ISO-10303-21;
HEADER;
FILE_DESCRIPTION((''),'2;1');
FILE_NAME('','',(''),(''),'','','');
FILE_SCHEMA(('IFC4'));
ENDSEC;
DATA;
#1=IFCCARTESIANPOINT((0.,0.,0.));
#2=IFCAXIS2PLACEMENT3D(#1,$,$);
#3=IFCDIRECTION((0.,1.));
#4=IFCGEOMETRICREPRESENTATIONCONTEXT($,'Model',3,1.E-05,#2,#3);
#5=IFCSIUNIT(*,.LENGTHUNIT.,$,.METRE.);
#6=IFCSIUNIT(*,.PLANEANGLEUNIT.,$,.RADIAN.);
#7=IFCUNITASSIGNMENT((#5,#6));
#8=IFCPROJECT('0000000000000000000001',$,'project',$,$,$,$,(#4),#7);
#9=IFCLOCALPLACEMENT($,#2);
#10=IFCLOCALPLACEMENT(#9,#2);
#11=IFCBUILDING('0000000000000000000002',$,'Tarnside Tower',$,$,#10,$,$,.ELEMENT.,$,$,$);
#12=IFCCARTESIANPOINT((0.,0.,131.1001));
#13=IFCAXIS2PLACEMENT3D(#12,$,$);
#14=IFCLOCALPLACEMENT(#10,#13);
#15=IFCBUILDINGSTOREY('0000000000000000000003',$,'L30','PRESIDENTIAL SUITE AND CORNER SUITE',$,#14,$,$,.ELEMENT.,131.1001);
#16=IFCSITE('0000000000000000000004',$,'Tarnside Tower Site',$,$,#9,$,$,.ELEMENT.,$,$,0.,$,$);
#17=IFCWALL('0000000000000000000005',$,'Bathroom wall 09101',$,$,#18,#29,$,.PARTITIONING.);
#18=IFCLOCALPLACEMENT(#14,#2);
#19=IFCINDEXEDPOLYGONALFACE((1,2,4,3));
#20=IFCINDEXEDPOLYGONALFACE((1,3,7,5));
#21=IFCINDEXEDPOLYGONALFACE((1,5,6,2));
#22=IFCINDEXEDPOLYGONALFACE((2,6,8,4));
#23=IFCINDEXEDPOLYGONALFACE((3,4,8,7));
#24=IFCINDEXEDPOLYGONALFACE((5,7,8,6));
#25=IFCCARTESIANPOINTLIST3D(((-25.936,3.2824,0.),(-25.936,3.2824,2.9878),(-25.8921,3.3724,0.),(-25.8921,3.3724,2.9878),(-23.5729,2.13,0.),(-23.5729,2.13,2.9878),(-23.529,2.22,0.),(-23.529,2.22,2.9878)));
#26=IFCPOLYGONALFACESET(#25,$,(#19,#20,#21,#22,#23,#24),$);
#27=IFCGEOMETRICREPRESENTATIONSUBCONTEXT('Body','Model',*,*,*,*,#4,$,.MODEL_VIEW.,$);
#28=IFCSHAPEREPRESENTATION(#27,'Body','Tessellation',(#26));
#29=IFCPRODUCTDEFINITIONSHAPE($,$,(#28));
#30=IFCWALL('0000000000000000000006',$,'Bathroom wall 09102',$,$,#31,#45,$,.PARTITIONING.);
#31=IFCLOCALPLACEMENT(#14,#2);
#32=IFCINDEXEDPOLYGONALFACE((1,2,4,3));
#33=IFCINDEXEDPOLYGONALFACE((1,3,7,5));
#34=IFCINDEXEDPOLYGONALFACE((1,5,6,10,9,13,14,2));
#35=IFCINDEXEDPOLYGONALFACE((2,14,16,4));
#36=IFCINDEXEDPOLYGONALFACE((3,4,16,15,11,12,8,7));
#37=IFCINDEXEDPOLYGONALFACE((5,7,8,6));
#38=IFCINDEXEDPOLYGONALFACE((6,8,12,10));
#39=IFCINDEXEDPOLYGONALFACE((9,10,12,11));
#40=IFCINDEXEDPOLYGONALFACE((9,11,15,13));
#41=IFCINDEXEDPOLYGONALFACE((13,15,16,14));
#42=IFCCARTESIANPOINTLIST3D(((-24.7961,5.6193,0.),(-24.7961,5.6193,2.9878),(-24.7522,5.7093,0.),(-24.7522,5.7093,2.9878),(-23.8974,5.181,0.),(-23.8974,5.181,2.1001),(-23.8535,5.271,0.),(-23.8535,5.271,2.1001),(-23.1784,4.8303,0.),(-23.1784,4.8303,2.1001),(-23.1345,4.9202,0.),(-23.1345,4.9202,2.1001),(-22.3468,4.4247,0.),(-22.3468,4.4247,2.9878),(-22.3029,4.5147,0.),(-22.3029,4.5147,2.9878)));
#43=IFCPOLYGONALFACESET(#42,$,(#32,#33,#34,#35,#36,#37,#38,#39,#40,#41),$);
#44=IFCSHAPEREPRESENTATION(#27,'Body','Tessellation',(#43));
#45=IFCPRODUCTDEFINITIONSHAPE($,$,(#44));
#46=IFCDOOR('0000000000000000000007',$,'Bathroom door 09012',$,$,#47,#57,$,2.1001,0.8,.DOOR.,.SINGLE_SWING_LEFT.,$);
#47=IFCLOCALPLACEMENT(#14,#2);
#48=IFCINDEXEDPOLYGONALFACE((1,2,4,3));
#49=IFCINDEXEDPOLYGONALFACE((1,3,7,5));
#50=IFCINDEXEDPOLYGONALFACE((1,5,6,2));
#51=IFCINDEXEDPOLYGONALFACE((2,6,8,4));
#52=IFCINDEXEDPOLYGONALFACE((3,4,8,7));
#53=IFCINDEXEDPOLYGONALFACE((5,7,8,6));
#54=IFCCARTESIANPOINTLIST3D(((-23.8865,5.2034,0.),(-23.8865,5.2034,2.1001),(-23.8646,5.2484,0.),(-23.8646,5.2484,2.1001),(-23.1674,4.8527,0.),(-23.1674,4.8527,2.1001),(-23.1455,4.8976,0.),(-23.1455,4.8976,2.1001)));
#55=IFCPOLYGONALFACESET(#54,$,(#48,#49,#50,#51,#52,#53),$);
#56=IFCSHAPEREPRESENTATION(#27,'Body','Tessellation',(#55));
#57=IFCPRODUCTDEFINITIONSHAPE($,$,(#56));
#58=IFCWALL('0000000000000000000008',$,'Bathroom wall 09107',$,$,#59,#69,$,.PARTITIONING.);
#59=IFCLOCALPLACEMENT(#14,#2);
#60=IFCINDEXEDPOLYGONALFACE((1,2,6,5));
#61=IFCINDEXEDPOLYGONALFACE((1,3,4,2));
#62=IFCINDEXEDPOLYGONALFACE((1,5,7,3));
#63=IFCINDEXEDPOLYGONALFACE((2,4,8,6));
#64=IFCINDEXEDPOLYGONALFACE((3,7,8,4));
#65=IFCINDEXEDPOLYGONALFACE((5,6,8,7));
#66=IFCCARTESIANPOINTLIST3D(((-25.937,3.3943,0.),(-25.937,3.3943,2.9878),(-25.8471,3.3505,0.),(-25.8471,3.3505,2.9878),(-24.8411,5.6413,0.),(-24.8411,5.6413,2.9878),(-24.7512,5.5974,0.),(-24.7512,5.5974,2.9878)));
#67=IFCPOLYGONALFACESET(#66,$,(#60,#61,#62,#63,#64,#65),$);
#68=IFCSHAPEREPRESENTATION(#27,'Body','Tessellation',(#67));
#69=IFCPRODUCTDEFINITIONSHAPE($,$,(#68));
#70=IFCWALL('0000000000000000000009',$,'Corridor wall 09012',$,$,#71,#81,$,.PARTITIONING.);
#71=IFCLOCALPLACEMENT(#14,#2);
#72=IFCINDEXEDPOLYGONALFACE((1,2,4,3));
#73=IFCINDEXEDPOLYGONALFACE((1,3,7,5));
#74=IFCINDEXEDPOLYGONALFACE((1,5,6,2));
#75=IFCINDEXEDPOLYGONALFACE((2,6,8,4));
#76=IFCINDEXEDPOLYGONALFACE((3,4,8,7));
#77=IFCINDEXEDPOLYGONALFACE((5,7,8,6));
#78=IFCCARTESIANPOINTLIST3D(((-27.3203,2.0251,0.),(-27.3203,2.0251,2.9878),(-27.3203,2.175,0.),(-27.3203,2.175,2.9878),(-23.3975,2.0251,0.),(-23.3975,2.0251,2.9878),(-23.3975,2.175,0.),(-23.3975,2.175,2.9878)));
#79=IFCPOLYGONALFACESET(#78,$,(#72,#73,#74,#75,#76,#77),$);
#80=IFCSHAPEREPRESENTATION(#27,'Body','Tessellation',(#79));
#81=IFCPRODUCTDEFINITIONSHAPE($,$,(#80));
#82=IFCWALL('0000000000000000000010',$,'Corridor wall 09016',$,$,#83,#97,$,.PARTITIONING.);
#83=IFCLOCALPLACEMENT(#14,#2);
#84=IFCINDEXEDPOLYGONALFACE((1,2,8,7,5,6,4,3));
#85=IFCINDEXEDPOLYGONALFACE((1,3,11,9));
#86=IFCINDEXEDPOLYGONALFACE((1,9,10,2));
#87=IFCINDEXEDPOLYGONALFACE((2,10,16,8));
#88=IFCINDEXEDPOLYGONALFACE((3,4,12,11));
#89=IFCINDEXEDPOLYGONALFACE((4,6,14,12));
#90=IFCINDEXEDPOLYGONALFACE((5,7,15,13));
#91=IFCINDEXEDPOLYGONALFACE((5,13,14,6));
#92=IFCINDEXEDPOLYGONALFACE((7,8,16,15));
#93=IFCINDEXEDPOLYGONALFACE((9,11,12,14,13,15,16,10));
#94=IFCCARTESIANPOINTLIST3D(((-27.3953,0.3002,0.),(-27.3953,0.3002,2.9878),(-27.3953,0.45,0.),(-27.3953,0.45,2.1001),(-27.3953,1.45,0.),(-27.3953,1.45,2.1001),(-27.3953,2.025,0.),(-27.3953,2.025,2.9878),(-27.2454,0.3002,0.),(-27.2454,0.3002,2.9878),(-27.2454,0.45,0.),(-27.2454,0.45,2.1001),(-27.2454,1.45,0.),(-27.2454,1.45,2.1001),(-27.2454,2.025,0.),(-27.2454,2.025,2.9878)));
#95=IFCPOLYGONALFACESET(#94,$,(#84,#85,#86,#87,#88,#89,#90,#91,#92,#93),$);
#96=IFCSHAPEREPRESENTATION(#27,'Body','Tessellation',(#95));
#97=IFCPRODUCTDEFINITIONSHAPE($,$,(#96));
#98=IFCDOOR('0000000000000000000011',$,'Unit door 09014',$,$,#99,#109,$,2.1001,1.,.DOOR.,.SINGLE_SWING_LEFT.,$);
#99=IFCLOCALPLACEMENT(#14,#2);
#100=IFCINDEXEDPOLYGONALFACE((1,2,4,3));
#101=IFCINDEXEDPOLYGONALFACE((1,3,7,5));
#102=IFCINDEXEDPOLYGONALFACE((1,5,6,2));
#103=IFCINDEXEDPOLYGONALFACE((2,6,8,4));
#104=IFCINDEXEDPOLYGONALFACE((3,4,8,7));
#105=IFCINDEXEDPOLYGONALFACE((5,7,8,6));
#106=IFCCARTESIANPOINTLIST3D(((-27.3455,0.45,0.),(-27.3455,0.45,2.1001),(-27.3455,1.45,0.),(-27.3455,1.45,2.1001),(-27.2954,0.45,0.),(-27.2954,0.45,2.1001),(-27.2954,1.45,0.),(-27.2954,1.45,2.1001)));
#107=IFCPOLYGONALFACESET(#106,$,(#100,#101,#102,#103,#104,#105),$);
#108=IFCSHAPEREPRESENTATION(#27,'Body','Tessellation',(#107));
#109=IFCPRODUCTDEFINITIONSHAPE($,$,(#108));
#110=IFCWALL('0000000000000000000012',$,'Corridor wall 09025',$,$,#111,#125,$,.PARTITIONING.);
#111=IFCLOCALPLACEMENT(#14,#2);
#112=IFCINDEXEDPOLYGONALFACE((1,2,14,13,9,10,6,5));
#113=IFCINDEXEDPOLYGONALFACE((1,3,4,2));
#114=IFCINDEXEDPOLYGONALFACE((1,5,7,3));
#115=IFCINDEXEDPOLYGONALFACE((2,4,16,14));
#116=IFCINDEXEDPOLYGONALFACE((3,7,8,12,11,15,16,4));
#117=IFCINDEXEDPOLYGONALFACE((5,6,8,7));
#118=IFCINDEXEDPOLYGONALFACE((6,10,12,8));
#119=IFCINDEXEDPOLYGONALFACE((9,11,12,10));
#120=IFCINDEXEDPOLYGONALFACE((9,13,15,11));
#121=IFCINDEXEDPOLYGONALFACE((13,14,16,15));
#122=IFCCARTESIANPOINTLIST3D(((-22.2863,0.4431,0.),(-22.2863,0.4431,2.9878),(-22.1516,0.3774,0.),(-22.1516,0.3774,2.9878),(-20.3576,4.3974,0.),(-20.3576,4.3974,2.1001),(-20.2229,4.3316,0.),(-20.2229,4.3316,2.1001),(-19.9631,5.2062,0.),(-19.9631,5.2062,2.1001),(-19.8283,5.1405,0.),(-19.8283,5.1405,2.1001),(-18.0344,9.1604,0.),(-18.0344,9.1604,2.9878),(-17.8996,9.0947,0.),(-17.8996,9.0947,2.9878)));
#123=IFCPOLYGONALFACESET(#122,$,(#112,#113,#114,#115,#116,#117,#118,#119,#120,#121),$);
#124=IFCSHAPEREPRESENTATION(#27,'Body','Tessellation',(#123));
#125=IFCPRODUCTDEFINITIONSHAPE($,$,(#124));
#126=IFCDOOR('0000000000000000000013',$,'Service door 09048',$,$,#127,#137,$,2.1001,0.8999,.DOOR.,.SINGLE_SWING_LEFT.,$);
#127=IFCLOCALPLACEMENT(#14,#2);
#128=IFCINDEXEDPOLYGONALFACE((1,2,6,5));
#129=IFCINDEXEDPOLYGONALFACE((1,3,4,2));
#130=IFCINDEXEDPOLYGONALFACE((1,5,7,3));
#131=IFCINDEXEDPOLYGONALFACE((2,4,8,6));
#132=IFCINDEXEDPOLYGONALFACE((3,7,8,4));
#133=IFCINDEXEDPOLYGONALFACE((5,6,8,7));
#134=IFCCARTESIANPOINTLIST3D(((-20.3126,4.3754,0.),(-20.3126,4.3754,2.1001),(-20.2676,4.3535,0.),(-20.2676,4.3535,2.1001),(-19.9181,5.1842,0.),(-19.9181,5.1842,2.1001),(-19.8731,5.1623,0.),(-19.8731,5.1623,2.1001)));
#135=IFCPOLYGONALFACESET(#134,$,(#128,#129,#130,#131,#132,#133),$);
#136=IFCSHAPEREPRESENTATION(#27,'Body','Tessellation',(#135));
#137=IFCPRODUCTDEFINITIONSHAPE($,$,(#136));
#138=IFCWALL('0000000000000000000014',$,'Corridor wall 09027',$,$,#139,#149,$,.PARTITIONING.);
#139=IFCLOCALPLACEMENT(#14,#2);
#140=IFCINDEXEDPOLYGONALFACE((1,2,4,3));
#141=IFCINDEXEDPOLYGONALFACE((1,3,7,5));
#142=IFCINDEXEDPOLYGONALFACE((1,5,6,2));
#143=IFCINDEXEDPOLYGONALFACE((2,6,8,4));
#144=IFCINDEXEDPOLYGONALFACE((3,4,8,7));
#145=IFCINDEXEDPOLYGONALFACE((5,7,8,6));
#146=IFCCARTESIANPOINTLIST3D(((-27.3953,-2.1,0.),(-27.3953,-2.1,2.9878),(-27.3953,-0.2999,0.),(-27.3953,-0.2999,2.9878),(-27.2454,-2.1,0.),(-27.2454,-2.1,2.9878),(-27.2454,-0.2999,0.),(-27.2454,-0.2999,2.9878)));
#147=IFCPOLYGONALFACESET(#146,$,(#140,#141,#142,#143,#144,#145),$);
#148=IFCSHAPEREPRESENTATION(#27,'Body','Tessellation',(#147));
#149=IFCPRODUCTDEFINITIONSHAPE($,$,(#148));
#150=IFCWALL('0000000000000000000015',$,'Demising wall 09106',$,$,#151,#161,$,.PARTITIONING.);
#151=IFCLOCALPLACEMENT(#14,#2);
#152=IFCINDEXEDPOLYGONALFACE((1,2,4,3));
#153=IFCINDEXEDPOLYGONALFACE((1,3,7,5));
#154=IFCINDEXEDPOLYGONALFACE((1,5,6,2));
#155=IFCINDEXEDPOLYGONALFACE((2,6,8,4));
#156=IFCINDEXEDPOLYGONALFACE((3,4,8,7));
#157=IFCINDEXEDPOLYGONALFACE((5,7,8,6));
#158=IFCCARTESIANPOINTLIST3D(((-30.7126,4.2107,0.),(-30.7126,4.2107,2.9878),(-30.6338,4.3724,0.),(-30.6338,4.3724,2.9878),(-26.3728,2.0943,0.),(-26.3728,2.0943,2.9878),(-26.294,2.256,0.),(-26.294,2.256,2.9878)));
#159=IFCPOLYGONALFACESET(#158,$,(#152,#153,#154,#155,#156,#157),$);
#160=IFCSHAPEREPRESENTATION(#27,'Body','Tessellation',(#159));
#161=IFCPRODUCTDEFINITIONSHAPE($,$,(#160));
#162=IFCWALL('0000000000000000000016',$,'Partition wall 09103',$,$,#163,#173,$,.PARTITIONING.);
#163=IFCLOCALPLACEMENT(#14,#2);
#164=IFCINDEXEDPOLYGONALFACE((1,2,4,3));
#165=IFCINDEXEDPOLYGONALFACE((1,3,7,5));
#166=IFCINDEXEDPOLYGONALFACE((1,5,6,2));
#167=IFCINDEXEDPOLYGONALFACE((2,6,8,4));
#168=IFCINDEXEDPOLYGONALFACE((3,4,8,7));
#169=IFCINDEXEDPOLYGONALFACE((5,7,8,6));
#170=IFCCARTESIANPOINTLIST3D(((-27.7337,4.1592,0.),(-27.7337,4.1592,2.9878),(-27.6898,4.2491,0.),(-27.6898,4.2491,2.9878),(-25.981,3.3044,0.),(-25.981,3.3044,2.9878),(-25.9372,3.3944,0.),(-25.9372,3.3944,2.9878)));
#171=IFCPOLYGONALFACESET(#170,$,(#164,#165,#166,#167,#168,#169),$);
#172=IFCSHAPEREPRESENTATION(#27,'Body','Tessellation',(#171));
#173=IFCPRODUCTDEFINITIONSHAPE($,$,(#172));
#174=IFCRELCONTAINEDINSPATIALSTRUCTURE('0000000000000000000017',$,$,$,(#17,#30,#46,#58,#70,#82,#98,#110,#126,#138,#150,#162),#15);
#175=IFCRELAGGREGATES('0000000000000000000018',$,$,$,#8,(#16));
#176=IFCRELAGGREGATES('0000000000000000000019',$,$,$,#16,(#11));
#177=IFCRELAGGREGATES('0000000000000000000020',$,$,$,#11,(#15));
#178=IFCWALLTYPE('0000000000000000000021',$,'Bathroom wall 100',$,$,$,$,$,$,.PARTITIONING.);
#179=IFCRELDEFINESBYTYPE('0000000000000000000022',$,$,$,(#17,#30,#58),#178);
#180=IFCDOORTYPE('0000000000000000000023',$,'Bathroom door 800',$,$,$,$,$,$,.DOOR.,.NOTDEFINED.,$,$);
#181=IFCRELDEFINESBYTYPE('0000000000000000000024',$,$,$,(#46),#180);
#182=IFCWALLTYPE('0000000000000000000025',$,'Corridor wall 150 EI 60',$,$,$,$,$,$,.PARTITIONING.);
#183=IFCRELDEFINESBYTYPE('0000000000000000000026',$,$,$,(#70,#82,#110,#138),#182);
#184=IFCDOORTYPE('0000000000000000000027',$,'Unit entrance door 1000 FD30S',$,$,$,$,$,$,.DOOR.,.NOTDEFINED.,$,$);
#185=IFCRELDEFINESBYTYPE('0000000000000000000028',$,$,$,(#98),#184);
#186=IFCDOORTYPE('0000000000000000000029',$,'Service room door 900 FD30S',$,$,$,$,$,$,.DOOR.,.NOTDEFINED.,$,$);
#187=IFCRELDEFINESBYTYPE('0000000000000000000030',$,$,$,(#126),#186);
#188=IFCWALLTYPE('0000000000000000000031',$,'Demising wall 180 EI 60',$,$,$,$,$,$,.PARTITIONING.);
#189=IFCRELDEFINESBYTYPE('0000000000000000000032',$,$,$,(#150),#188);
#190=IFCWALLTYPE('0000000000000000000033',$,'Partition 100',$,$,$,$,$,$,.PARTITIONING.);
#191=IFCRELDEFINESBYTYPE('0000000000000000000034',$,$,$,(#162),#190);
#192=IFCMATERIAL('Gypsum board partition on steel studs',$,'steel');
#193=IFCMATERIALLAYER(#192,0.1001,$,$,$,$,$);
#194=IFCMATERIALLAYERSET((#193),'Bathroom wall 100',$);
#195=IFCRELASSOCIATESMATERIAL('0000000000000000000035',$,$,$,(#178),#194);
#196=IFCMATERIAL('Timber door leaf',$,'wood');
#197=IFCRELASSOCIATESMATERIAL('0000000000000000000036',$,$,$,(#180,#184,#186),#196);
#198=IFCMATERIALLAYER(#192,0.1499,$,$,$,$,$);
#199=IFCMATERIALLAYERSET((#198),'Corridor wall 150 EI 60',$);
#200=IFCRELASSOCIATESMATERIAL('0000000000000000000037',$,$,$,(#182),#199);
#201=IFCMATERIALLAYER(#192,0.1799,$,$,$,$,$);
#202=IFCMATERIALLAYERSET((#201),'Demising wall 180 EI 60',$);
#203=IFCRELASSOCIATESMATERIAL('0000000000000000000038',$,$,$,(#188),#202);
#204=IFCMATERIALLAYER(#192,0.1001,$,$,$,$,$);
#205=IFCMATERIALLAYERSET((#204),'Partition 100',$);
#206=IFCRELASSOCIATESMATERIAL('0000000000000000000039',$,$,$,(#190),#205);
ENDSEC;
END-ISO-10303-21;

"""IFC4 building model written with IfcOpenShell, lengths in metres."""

from ifc_helpers import new_model, si_unit, direction, frame, frame_2d, origin, place, context, subcontext, project, spatial, rectangle, extrude, material, layer, layer_set, type_object, element, fill, save


model = new_model("IFC4")

# Units and contexts
model_context = context("Model", 3, precision=1e-05, world=origin(), true_north=direction((0.0, 1.0)))
body_context = subcontext(model_context, "Body", "Model", "MODEL_VIEW")
ifc_project = project(units=[si_unit("LENGTHUNIT", "METRE"), si_unit("PLANEANGLEUNIT", "RADIAN")], contexts=[model_context])

# Site, building, storey
site_placement = place(None, origin())
site = spatial("IfcSite", under=ifc_project, at=site_placement, Name="Tarnside Tower Site", CompositionType="ELEMENT", RefElevation=0.0)
building_placement = place(site_placement, origin())
building = spatial("IfcBuilding", under=site, at=building_placement, Name="Tarnside Tower", CompositionType="ELEMENT")
storey_placement = place(building_placement, frame((0.0, 0.0, 131.1001)))
storey = spatial("IfcBuildingStorey", under=building, at=storey_placement, Name="L30", Description="PRESIDENTIAL SUITE AND CORNER SUITE", CompositionType="ELEMENT", Elevation=131.1001)

# Wall
ifc_material_1 = material(Name="Gypsum board partition on steel studs", Category="steel")
ifc_layer_1 = layer(ifc_material_1, 0.1001)
ifc_layer_set_1 = layer_set([ifc_layer_1], Name="Bathroom wall 100")
wall_type_1 = type_object("IfcWallType", Name="Bathroom wall 100", PredefinedType="PARTITIONING", material=ifc_layer_set_1)
wall_1_placement = place(storey_placement, frame((-23.551, 2.175, 0.0), z_axis=(0.0, 0.0, 1.0), x_axis=(-0.898822, 0.438314, 0.0)))
element("IfcWall", 1, at=wall_1_placement, inside=storey, type_object=wall_type_1, Name="Bathroom wall 09101", PredefinedType="PARTITIONING", context=body_context, shape_type="SweptSolid", body=[
    extrude(rectangle(XDim=2.6292, YDim=0.1001, at=frame_2d((1.3145, 0.0))), origin(), (0.0, 0.0, 1.0), 2.9878),
])

# Wall, opening, door
wall_2_placement = place(storey_placement, frame((-24.7742, 5.6643, 0.0), z_axis=(0.0, 0.0, 1.0), x_axis=(0.898792, -0.438376, 0.0)))
wall_2 = element("IfcWall", 2, at=wall_2_placement, inside=storey, type_object=wall_type_1, Name="Bathroom wall 09102", PredefinedType="PARTITIONING", context=body_context, shape_type="SweptSolid", body=[
    extrude(rectangle(XDim=2.7251, YDim=0.1001, at=frame_2d((1.3625, 0.0))), origin(), (0.0, 0.0, 1.0), 2.9878),
])
opening_1_placement = place(wall_2_placement, frame((1.0, 0.0, 0.0)))
opening_1 = element("IfcOpeningElement", 3, at=opening_1_placement, cuts=wall_2, PredefinedType="OPENING", context=body_context, shape_type="SweptSolid", body=[
    extrude(rectangle(XDim=0.8, YDim=2.1001, at=frame_2d((0.3999, 1.05))), frame((0.0, 0.0601, 0.0), z_axis=(0.0, -1.0, 0.0), x_axis=(1.0, 0.0, 0.0)), (0.0, 0.0, 1.0), 0.1201),
])
ifc_material_2 = material(Name="Timber door leaf", Category="wood")
door_type_1 = type_object("IfcDoorType", Name="Bathroom door 800", OperationType="NOTDEFINED", PredefinedType="DOOR", material=ifc_material_2)
door_1_placement = place(opening_1_placement, origin())
door_1 = element("IfcDoor", 4, at=door_1_placement, inside=storey, type_object=door_type_1, Name="Bathroom door 09012", OperationType="SINGLE_SWING_LEFT", OverallHeight=2.1001, OverallWidth=0.8, PredefinedType="DOOR", context=body_context, shape_type="SweptSolid", body=[
    extrude(rectangle(XDim=0.8, YDim=2.1001, at=frame_2d((0.3999, 1.05))), frame((0.0, 0.0249, 0.0), z_axis=(0.0, -1.0, 0.0), x_axis=(1.0, 0.0, 0.0)), (0.0, 0.0, 1.0), 0.05),
])
fill(opening_1, door_1)

# Walls
wall_3_placement = place(storey_placement, frame((-24.7961, 5.6194, 0.0), z_axis=(0.0, 0.0, 1.0), x_axis=(-0.438364, -0.898798, 0.0)))
element("IfcWall", 5, at=wall_3_placement, inside=storey, type_object=wall_type_1, Name="Bathroom wall 09107", PredefinedType="PARTITIONING", context=body_context, shape_type="SweptSolid", body=[
    extrude(rectangle(XDim=2.5, YDim=0.1001, at=frame_2d((1.25, 0.0))), origin(), (0.0, 0.0, 1.0), 2.9878),
])
ifc_layer_2 = layer(ifc_material_1, 0.1499)
ifc_layer_set_2 = layer_set([ifc_layer_2], Name="Corridor wall 150 EI 60")
wall_type_2 = type_object("IfcWallType", Name="Corridor wall 150 EI 60", PredefinedType="PARTITIONING", material=ifc_layer_set_2)
wall_4_placement = place(storey_placement, frame((-23.3975, 2.1001, 0.0), z_axis=(0.0, 0.0, 1.0), x_axis=(-1.0, 0.0, 0.0)))
element("IfcWall", 6, at=wall_4_placement, inside=storey, type_object=wall_type_2, Name="Corridor wall 09012", PredefinedType="PARTITIONING", context=body_context, shape_type="SweptSolid", body=[
    extrude(rectangle(XDim=3.9229, YDim=0.1499, at=frame_2d((1.9614, 0.0))), origin(), (0.0, 0.0, 1.0), 2.9878),
])

# Walls, openings, doors
wall_5_placement = place(storey_placement, frame((-27.3203, 2.0249, 0.0), z_axis=(0.0, 0.0, 1.0), x_axis=(0.0, -1.0, 0.0)))
wall_5 = element("IfcWall", 7, at=wall_5_placement, inside=storey, type_object=wall_type_2, Name="Corridor wall 09016", PredefinedType="PARTITIONING", context=body_context, shape_type="SweptSolid", body=[
    extrude(rectangle(XDim=1.7249, YDim=0.1499, at=frame_2d((0.8623, 0.0))), origin(), (0.0, 0.0, 1.0), 2.9878),
])
opening_2_placement = place(wall_5_placement, frame((0.575, 0.0, 0.0)))
opening_2 = element("IfcOpeningElement", 8, at=opening_2_placement, cuts=wall_5, PredefinedType="OPENING", context=body_context, shape_type="SweptSolid", body=[
    extrude(rectangle(XDim=1.0, YDim=2.1001, at=frame_2d((0.5, 1.05))), frame((0.0, 0.085, 0.0), z_axis=(0.0, -1.0, 0.0), x_axis=(1.0, 0.0, 0.0)), (0.0, 0.0, 1.0), 0.1699),
])
door_type_2 = type_object("IfcDoorType", Name="Unit entrance door 1000 FD30S", OperationType="NOTDEFINED", PredefinedType="DOOR", material=ifc_material_2)
door_2_placement = place(opening_2_placement, origin())
door_2 = element("IfcDoor", 9, at=door_2_placement, inside=storey, type_object=door_type_2, Name="Unit door 09014", OperationType="SINGLE_SWING_LEFT", OverallHeight=2.1001, OverallWidth=1.0, PredefinedType="DOOR", context=body_context, shape_type="SweptSolid", body=[
    extrude(rectangle(XDim=1.0, YDim=2.1001, at=frame_2d((0.5, 1.05))), frame((0.0, 0.0249, 0.0), z_axis=(0.0, -1.0, 0.0), x_axis=(1.0, 0.0, 0.0)), (0.0, 0.0, 1.0), 0.05),
])
fill(opening_2, door_2)
wall_6_placement = place(storey_placement, frame((-22.219, 0.4102, 0.0), z_axis=(0.0, 0.0, 1.0), x_axis=(0.438392, 0.898784, 0.0)))
wall_6 = element("IfcWall", 10, at=wall_6_placement, inside=storey, type_object=wall_type_2, Name="Corridor wall 09025", PredefinedType="PARTITIONING", context=body_context, shape_type="SweptSolid", body=[
    extrude(rectangle(XDim=9.699, YDim=0.1499, at=frame_2d((4.8496, 0.0))), origin(), (0.0, 0.0, 1.0), 2.9878),
])
opening_3_placement = place(wall_6_placement, frame((4.3997, 0.0, 0.0)))
opening_3 = element("IfcOpeningElement", 11, at=opening_3_placement, cuts=wall_6, PredefinedType="OPENING", context=body_context, shape_type="SweptSolid", body=[
    extrude(rectangle(XDim=0.8999, YDim=2.1001, at=frame_2d((0.45, 1.05))), frame((0.0, 0.085, 0.0), z_axis=(0.0, -1.0, 0.0), x_axis=(1.0, 0.0, 0.0)), (0.0, 0.0, 1.0), 0.1699),
])
door_type_3 = type_object("IfcDoorType", Name="Service room door 900 FD30S", OperationType="NOTDEFINED", PredefinedType="DOOR", material=ifc_material_2)
door_3_placement = place(opening_3_placement, origin())
door_3 = element("IfcDoor", 12, at=door_3_placement, inside=storey, type_object=door_type_3, Name="Service door 09048", OperationType="SINGLE_SWING_LEFT", OverallHeight=2.1001, OverallWidth=0.8999, PredefinedType="DOOR", context=body_context, shape_type="SweptSolid", body=[
    extrude(rectangle(XDim=0.8999, YDim=2.1001, at=frame_2d((0.45, 1.05))), frame((0.0, 0.0249, 0.0), z_axis=(0.0, -1.0, 0.0), x_axis=(1.0, 0.0, 0.0)), (0.0, 0.0, 1.0), 0.05),
])
fill(opening_3, door_3)

# Walls
wall_7_placement = place(storey_placement, frame((-27.3203, -0.3, 0.0), z_axis=(0.0, 0.0, 1.0), x_axis=(0.0, -1.0, 0.0)))
element("IfcWall", 13, at=wall_7_placement, inside=storey, type_object=wall_type_2, Name="Corridor wall 09027", PredefinedType="PARTITIONING", context=body_context, shape_type="SweptSolid", body=[
    extrude(rectangle(XDim=1.8, YDim=0.1499, at=frame_2d((0.8999, 0.0))), origin(), (0.0, 0.0, 1.0), 2.9878),
])
ifc_layer_3 = layer(ifc_material_1, 0.1799)
ifc_layer_set_3 = layer_set([ifc_layer_3], Name="Demising wall 180 EI 60")
wall_type_3 = type_object("IfcWallType", Name="Demising wall 180 EI 60", PredefinedType="PARTITIONING", material=ifc_layer_set_3)
wall_8_placement = place(storey_placement, frame((-30.6731, 4.2915, 0.0), z_axis=(0.0, 0.0, 1.0), x_axis=(0.898813, -0.438333, 0.0)))
element("IfcWall", 14, at=wall_8_placement, inside=storey, type_object=wall_type_3, Name="Demising wall 09106", PredefinedType="PARTITIONING", context=body_context, shape_type="SweptSolid", body=[
    extrude(rectangle(XDim=4.8284, YDim=0.1799, at=frame_2d((2.4141, 0.0))), origin(), (0.0, 0.0, 1.0), 2.9878),
])
ifc_layer_4 = layer(ifc_material_1, 0.1001)
ifc_layer_set_4 = layer_set([ifc_layer_4], Name="Partition 100")
wall_type_4 = type_object("IfcWallType", Name="Partition 100", PredefinedType="PARTITIONING", material=ifc_layer_set_4)
wall_9_placement = place(storey_placement, frame((-25.959, 3.3494, 0.0), z_axis=(0.0, 0.0, 1.0), x_axis=(-0.898815, 0.438327, 0.0)))
element("IfcWall", 15, at=wall_9_placement, inside=storey, type_object=wall_type_4, Name="Partition wall 09103", PredefinedType="PARTITIONING", context=body_context, shape_type="SweptSolid", body=[
    extrude(rectangle(XDim=1.95, YDim=0.1001, at=frame_2d((0.9751, 0.0))), origin(), (0.0, 0.0, 1.0), 2.9878),
])

save(model, "model.ifc")
